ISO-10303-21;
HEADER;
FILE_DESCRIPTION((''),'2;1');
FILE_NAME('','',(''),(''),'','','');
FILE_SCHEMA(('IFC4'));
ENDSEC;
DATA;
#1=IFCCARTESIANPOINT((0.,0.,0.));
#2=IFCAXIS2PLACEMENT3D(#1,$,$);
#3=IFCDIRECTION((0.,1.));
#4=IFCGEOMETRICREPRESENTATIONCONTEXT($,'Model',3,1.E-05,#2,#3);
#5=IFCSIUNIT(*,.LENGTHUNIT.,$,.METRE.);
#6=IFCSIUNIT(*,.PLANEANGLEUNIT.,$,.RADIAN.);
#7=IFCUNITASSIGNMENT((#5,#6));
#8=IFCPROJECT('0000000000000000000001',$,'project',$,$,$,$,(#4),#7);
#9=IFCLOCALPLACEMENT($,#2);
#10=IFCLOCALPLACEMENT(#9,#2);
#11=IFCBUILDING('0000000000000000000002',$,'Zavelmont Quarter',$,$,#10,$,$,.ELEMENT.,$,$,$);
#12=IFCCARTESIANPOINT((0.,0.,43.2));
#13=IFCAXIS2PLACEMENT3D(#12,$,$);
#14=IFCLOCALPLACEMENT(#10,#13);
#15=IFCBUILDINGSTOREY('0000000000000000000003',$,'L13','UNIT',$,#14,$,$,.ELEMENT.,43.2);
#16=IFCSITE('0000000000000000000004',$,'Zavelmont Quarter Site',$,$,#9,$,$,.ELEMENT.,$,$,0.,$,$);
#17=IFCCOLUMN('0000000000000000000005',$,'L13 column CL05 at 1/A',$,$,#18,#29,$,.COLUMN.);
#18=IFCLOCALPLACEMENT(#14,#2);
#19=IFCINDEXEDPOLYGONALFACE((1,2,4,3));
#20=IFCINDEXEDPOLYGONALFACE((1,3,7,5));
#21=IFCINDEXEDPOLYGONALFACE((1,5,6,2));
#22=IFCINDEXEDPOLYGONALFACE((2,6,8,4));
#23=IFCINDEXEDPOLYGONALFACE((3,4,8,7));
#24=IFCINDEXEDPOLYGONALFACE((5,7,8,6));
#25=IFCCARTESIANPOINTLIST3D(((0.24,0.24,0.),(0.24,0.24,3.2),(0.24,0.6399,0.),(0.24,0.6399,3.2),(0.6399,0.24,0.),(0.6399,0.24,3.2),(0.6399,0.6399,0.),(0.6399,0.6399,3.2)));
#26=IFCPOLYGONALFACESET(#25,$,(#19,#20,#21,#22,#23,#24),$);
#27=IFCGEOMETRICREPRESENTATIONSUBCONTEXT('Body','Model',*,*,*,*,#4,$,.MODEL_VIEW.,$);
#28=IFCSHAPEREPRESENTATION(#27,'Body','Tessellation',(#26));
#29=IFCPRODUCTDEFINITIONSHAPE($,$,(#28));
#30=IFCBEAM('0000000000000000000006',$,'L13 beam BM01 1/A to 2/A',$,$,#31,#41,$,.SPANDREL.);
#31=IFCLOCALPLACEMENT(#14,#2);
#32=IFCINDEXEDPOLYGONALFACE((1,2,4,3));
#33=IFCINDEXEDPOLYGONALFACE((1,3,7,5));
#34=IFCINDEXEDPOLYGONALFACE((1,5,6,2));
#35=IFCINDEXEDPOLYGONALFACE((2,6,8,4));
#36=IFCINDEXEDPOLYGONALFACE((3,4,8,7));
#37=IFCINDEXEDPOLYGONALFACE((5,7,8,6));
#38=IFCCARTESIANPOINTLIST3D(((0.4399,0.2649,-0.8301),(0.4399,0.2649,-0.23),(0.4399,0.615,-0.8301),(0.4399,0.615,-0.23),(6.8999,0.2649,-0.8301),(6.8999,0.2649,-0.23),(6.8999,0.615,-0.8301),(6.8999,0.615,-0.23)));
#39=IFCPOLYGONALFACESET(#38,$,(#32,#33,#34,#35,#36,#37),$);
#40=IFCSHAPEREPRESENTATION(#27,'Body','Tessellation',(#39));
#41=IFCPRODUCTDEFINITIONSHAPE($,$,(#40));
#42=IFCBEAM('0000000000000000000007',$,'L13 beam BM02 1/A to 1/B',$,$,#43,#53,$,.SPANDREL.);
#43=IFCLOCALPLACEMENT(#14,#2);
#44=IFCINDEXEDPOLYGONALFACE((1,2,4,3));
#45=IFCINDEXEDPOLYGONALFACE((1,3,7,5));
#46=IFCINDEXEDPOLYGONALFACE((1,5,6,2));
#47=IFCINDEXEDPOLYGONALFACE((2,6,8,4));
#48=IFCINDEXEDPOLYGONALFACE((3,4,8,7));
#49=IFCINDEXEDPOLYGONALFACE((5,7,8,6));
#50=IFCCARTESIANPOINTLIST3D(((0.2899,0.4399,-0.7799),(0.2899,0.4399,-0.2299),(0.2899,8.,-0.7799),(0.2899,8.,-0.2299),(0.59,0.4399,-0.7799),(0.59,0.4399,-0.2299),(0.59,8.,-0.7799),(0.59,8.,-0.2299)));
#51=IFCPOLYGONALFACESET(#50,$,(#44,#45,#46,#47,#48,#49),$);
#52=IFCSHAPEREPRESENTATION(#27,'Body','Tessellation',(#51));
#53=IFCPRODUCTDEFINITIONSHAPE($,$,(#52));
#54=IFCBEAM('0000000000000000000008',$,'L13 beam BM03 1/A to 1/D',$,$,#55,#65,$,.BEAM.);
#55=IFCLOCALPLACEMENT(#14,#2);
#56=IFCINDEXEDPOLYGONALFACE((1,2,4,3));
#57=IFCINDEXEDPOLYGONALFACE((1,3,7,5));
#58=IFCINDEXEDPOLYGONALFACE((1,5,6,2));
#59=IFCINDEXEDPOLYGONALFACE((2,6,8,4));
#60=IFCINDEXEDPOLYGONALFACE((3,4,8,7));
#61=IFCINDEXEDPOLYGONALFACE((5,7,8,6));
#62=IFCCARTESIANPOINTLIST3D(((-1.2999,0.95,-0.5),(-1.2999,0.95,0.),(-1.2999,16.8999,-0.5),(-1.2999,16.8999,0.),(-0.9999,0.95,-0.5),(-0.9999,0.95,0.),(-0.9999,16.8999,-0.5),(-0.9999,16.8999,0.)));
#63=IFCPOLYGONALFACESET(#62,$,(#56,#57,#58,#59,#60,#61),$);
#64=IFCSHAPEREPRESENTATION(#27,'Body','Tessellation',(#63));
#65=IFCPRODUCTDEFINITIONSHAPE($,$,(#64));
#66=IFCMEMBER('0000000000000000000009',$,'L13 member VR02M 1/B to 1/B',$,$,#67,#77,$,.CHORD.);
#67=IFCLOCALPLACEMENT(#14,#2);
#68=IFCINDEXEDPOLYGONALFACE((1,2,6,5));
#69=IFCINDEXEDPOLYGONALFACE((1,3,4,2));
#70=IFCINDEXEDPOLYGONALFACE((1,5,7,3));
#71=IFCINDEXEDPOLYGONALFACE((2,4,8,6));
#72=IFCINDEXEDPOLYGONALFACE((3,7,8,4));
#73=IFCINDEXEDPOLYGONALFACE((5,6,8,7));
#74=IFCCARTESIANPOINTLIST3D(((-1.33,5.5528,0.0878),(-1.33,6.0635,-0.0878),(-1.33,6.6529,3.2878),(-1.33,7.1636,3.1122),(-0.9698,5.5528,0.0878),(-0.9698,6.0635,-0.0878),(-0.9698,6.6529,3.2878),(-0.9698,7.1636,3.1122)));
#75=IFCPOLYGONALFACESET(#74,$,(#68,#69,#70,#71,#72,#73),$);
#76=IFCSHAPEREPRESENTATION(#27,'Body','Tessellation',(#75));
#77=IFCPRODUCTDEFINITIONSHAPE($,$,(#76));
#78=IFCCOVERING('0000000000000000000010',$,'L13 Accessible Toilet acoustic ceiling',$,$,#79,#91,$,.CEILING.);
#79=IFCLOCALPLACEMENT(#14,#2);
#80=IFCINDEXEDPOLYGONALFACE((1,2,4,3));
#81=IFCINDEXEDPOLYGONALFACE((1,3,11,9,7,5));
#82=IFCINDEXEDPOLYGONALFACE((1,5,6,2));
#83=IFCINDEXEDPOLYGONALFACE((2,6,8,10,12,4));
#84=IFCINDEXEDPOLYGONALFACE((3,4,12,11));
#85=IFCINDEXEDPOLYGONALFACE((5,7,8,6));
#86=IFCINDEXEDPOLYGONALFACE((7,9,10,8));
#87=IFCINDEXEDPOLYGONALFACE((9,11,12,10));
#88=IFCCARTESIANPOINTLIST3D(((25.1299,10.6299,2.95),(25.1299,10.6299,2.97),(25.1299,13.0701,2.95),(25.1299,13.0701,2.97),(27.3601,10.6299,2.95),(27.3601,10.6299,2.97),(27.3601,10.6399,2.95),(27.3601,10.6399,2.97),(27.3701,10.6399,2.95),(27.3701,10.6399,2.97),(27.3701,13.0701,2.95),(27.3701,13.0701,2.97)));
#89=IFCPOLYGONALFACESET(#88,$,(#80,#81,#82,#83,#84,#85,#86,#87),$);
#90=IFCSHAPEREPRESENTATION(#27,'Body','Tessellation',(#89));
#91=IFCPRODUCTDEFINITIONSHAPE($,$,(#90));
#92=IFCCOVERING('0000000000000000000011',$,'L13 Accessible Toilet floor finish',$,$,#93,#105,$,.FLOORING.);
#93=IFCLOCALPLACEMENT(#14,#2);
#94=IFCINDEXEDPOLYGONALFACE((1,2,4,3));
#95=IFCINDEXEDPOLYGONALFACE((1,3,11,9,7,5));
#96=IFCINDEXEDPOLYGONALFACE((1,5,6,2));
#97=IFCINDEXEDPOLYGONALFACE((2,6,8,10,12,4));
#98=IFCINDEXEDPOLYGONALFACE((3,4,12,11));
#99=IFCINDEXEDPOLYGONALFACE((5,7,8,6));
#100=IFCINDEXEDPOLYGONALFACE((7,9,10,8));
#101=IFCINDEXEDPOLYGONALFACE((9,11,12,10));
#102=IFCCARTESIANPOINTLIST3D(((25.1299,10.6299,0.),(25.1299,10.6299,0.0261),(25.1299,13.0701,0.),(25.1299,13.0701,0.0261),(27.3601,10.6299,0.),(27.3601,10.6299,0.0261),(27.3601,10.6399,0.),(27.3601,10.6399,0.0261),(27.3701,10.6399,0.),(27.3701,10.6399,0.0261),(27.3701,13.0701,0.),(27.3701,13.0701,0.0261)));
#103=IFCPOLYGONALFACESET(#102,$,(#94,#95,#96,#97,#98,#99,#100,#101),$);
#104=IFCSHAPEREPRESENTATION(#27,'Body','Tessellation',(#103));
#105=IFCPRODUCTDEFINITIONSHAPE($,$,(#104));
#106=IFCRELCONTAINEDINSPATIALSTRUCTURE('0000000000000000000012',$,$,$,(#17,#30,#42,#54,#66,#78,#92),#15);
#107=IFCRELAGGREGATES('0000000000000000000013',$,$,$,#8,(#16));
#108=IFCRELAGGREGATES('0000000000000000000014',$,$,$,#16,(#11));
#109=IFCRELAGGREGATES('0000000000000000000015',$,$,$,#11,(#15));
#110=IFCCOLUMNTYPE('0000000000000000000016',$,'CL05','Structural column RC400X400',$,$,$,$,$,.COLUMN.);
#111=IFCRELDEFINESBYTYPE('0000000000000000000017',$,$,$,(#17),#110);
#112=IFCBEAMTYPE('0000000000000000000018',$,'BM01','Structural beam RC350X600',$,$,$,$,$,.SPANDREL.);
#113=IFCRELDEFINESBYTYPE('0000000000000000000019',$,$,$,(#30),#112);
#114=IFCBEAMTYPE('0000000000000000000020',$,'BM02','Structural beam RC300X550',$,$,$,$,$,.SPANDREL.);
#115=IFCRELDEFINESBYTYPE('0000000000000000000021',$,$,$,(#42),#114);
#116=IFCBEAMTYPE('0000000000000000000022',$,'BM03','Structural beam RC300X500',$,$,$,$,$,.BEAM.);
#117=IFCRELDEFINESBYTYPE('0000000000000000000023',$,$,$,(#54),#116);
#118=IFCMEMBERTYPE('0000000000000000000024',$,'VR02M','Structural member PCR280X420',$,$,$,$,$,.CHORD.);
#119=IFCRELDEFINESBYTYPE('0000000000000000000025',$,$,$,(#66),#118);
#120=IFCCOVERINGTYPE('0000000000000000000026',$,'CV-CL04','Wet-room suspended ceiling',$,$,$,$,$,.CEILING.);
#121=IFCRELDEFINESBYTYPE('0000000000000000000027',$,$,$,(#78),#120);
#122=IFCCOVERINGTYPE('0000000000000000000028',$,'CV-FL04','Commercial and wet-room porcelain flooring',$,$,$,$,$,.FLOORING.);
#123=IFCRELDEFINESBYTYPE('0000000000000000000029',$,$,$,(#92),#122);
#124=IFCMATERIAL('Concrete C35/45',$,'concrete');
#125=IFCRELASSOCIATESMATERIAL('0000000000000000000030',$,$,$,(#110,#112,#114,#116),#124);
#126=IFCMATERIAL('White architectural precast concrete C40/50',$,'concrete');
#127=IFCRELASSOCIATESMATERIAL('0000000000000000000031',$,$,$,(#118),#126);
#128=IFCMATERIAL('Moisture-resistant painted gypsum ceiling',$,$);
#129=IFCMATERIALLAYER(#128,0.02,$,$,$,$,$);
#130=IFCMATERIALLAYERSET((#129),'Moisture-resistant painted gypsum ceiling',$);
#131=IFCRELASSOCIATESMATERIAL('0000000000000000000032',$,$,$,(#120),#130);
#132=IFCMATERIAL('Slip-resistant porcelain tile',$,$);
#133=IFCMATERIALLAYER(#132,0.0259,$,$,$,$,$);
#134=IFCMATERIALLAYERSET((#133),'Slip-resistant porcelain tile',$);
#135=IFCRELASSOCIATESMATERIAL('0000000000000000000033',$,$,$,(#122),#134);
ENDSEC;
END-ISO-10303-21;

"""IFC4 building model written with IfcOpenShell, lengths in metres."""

from ifc_helpers import new_model, si_unit, direction, frame, origin, origin_2d, place, context, subcontext, project, spatial, polyline, rectangle, outline, extrude, material, layer, layer_set, material_profile, profile_set, type_object, element, save


model = new_model("IFC4")

# Units and contexts
model_context = context("Model", 3, precision=1e-05, world=origin(), true_north=direction((0.0, 1.0)))
body_context = subcontext(model_context, "Body", "Model", "MODEL_VIEW")
ifc_project = project(units=[si_unit("LENGTHUNIT", "METRE"), si_unit("PLANEANGLEUNIT", "RADIAN")], contexts=[model_context])

# Site, building, storey
site_placement = place(None, origin())
site = spatial("IfcSite", under=ifc_project, at=site_placement, Name="Zavelmont Quarter Site", CompositionType="ELEMENT", RefElevation=0.0)
building_placement = place(site_placement, origin())
building = spatial("IfcBuilding", under=site, at=building_placement, Name="Zavelmont Quarter", CompositionType="ELEMENT")
storey_placement = place(building_placement, frame((0.0, 0.0, 43.2)))
storey = spatial("IfcBuildingStorey", under=building, at=storey_placement, Name="L13", Description="UNIT", CompositionType="ELEMENT", Elevation=43.2)

# Column
ifc_material_1 = material(Name="Concrete C35/45", Category="concrete")
ifc_material_profile_1 = material_profile(ifc_material_1, rectangle(XDim=0.3999, YDim=0.3999, at=origin_2d()), Name="RC400X400")
ifc_profile_set_1 = profile_set([ifc_material_profile_1], Name="Concrete C35/45")
column_type = type_object("IfcColumnType", Name="CL05", Description="Structural column RC400X400", PredefinedType="COLUMN", material=ifc_profile_set_1)
column_placement = place(storey_placement, frame((0.4399, 0.4399, 0.0), z_axis=(0.0, 0.0, 1.0), x_axis=(1.0, 0.0, 0.0)))
element("IfcColumn", 1, at=column_placement, inside=storey, type_object=column_type, Name="L13 column CL05 at 1/A", PredefinedType="COLUMN", context=body_context, shape_type="SweptSolid", body=[
    extrude(rectangle(XDim=0.3999, YDim=0.3999, at=origin_2d()), origin(), (0.0, 0.0, 1.0), 3.2),
])

# Beams
ifc_material_profile_2 = material_profile(ifc_material_1, rectangle(XDim=0.3501, YDim=0.6001, at=origin_2d()), Name="RC350X600")
ifc_profile_set_2 = profile_set([ifc_material_profile_2], Name="Concrete C35/45")
beam_type_1 = type_object("IfcBeamType", Name="BM01", Description="Structural beam RC350X600", PredefinedType="SPANDREL", material=ifc_profile_set_2)
beam_1_placement = place(storey_placement, frame((0.4399, 0.4399, -0.53), z_axis=(1.0, 0.0, 0.0), x_axis=(0.0, 1.0, 0.0)))
element("IfcBeam", 2, at=beam_1_placement, inside=storey, type_object=beam_type_1, Name="L13 beam BM01 1/A to 2/A", PredefinedType="SPANDREL", context=body_context, shape_type="SweptSolid", body=[
    extrude(rectangle(XDim=0.3501, YDim=0.6001, at=origin_2d()), origin(), (0.0, 0.0, 1.0), 6.46),
])
ifc_material_profile_3 = material_profile(ifc_material_1, rectangle(XDim=0.3, YDim=0.55, at=origin_2d()), Name="RC300X550")
ifc_profile_set_3 = profile_set([ifc_material_profile_3], Name="Concrete C35/45")
beam_type_2 = type_object("IfcBeamType", Name="BM02", Description="Structural beam RC300X550", PredefinedType="SPANDREL", material=ifc_profile_set_3)
beam_2_placement = place(storey_placement, frame((0.4399, 0.4399, -0.5049), z_axis=(0.0, 1.0, 0.0), x_axis=(-1.0, 0.0, 0.0)))
element("IfcBeam", 3, at=beam_2_placement, inside=storey, type_object=beam_type_2, Name="L13 beam BM02 1/A to 1/B", PredefinedType="SPANDREL", context=body_context, shape_type="SweptSolid", body=[
    extrude(rectangle(XDim=0.3, YDim=0.55, at=origin_2d()), origin(), (0.0, 0.0, 1.0), 7.5601),
])
ifc_material_profile_4 = material_profile(ifc_material_1, rectangle(XDim=0.3, YDim=0.5, at=origin_2d()), Name="RC300X500")
ifc_profile_set_4 = profile_set([ifc_material_profile_4], Name="Concrete C35/45")
beam_type_3 = type_object("IfcBeamType", Name="BM03", Description="Structural beam RC300X500", PredefinedType="BEAM", material=ifc_profile_set_4)
beam_3_placement = place(storey_placement, frame((-1.1499, 0.95, -0.25), z_axis=(0.0, 1.0, 0.0), x_axis=(-1.0, 0.0, 0.0)))
element("IfcBeam", 4, at=beam_3_placement, inside=storey, type_object=beam_type_3, Name="L13 beam BM03 1/A to 1/D", PredefinedType="BEAM", context=body_context, shape_type="SweptSolid", body=[
    extrude(rectangle(XDim=0.3, YDim=0.5, at=origin_2d()), origin(), (0.0, 0.0, 1.0), 15.95),
])

# Member
ifc_material_2 = material(Name="White architectural precast concrete C40/50", Category="concrete")
ifc_material_profile_5 = material_profile(ifc_material_2, rectangle(XDim=0.3601, YDim=0.54, at=origin_2d()), Name="PCR280X420")
ifc_profile_set_5 = profile_set([ifc_material_profile_5], Name="White architectural precast concrete C40/50")
member_type = type_object("IfcMemberType", Name="VR02M", Description="Structural member PCR280X420", PredefinedType="CHORD", material=ifc_profile_set_5)
member_placement = place(storey_placement, frame((-1.1499, 5.8081, 0.0), z_axis=(0.0, 0.32511, 0.945676), x_axis=(-1.0, 0.0, 0.0)))
element("IfcMember", 5, at=member_placement, inside=storey, type_object=member_type, Name="L13 member VR02M 1/B to 1/B", PredefinedType="CHORD", context=body_context, shape_type="SweptSolid", body=[
    extrude(rectangle(XDim=0.3601, YDim=0.54, at=origin_2d()), origin(), (0.0, 0.0, 1.0), 3.3838),
])

# Coverings
ifc_material_3 = material(Name="Moisture-resistant painted gypsum ceiling")
ifc_layer_1 = layer(ifc_material_3, 0.02)
ifc_layer_set_1 = layer_set([ifc_layer_1], Name="Moisture-resistant painted gypsum ceiling")
covering_type_1 = type_object("IfcCoveringType", Name="CV-CL04", Description="Wet-room suspended ceiling", PredefinedType="CEILING", material=ifc_layer_set_1)
covering_1_placement = place(storey_placement, frame((0.0, 0.0, 2.95)))
element("IfcCovering", 6, at=covering_1_placement, inside=storey, type_object=covering_type_1, Name="L13 Accessible Toilet acoustic ceiling", PredefinedType="CEILING", context=body_context, shape_type="SweptSolid", body=[
    extrude(outline(polyline([(25.1299, 13.0701), (27.3701, 13.0701), (27.3701, 10.6399), (27.3601, 10.6399), (27.3601, 10.6299), (25.1299, 10.6299), (25.1299, 13.0701)])), origin(), (0.0, 0.0, 1.0), 0.02),
])
ifc_material_4 = material(Name="Slip-resistant porcelain tile")
ifc_layer_2 = layer(ifc_material_4, 0.0259)
ifc_layer_set_2 = layer_set([ifc_layer_2], Name="Slip-resistant porcelain tile")
covering_type_2 = type_object("IfcCoveringType", Name="CV-FL04", Description="Commercial and wet-room porcelain flooring", PredefinedType="FLOORING", material=ifc_layer_set_2)
covering_2_placement = place(storey_placement, origin())
element("IfcCovering", 7, at=covering_2_placement, inside=storey, type_object=covering_type_2, Name="L13 Accessible Toilet floor finish", PredefinedType="FLOORING", context=body_context, shape_type="SweptSolid", body=[
    extrude(outline(polyline([(25.1299, 13.0701), (27.3701, 13.0701), (27.3701, 10.6399), (27.3601, 10.6399), (27.3601, 10.6299), (25.1299, 10.6299), (25.1299, 13.0701)])), origin(), (0.0, 0.0, 1.0), 0.0261),
])

save(model, "model.ifc")
